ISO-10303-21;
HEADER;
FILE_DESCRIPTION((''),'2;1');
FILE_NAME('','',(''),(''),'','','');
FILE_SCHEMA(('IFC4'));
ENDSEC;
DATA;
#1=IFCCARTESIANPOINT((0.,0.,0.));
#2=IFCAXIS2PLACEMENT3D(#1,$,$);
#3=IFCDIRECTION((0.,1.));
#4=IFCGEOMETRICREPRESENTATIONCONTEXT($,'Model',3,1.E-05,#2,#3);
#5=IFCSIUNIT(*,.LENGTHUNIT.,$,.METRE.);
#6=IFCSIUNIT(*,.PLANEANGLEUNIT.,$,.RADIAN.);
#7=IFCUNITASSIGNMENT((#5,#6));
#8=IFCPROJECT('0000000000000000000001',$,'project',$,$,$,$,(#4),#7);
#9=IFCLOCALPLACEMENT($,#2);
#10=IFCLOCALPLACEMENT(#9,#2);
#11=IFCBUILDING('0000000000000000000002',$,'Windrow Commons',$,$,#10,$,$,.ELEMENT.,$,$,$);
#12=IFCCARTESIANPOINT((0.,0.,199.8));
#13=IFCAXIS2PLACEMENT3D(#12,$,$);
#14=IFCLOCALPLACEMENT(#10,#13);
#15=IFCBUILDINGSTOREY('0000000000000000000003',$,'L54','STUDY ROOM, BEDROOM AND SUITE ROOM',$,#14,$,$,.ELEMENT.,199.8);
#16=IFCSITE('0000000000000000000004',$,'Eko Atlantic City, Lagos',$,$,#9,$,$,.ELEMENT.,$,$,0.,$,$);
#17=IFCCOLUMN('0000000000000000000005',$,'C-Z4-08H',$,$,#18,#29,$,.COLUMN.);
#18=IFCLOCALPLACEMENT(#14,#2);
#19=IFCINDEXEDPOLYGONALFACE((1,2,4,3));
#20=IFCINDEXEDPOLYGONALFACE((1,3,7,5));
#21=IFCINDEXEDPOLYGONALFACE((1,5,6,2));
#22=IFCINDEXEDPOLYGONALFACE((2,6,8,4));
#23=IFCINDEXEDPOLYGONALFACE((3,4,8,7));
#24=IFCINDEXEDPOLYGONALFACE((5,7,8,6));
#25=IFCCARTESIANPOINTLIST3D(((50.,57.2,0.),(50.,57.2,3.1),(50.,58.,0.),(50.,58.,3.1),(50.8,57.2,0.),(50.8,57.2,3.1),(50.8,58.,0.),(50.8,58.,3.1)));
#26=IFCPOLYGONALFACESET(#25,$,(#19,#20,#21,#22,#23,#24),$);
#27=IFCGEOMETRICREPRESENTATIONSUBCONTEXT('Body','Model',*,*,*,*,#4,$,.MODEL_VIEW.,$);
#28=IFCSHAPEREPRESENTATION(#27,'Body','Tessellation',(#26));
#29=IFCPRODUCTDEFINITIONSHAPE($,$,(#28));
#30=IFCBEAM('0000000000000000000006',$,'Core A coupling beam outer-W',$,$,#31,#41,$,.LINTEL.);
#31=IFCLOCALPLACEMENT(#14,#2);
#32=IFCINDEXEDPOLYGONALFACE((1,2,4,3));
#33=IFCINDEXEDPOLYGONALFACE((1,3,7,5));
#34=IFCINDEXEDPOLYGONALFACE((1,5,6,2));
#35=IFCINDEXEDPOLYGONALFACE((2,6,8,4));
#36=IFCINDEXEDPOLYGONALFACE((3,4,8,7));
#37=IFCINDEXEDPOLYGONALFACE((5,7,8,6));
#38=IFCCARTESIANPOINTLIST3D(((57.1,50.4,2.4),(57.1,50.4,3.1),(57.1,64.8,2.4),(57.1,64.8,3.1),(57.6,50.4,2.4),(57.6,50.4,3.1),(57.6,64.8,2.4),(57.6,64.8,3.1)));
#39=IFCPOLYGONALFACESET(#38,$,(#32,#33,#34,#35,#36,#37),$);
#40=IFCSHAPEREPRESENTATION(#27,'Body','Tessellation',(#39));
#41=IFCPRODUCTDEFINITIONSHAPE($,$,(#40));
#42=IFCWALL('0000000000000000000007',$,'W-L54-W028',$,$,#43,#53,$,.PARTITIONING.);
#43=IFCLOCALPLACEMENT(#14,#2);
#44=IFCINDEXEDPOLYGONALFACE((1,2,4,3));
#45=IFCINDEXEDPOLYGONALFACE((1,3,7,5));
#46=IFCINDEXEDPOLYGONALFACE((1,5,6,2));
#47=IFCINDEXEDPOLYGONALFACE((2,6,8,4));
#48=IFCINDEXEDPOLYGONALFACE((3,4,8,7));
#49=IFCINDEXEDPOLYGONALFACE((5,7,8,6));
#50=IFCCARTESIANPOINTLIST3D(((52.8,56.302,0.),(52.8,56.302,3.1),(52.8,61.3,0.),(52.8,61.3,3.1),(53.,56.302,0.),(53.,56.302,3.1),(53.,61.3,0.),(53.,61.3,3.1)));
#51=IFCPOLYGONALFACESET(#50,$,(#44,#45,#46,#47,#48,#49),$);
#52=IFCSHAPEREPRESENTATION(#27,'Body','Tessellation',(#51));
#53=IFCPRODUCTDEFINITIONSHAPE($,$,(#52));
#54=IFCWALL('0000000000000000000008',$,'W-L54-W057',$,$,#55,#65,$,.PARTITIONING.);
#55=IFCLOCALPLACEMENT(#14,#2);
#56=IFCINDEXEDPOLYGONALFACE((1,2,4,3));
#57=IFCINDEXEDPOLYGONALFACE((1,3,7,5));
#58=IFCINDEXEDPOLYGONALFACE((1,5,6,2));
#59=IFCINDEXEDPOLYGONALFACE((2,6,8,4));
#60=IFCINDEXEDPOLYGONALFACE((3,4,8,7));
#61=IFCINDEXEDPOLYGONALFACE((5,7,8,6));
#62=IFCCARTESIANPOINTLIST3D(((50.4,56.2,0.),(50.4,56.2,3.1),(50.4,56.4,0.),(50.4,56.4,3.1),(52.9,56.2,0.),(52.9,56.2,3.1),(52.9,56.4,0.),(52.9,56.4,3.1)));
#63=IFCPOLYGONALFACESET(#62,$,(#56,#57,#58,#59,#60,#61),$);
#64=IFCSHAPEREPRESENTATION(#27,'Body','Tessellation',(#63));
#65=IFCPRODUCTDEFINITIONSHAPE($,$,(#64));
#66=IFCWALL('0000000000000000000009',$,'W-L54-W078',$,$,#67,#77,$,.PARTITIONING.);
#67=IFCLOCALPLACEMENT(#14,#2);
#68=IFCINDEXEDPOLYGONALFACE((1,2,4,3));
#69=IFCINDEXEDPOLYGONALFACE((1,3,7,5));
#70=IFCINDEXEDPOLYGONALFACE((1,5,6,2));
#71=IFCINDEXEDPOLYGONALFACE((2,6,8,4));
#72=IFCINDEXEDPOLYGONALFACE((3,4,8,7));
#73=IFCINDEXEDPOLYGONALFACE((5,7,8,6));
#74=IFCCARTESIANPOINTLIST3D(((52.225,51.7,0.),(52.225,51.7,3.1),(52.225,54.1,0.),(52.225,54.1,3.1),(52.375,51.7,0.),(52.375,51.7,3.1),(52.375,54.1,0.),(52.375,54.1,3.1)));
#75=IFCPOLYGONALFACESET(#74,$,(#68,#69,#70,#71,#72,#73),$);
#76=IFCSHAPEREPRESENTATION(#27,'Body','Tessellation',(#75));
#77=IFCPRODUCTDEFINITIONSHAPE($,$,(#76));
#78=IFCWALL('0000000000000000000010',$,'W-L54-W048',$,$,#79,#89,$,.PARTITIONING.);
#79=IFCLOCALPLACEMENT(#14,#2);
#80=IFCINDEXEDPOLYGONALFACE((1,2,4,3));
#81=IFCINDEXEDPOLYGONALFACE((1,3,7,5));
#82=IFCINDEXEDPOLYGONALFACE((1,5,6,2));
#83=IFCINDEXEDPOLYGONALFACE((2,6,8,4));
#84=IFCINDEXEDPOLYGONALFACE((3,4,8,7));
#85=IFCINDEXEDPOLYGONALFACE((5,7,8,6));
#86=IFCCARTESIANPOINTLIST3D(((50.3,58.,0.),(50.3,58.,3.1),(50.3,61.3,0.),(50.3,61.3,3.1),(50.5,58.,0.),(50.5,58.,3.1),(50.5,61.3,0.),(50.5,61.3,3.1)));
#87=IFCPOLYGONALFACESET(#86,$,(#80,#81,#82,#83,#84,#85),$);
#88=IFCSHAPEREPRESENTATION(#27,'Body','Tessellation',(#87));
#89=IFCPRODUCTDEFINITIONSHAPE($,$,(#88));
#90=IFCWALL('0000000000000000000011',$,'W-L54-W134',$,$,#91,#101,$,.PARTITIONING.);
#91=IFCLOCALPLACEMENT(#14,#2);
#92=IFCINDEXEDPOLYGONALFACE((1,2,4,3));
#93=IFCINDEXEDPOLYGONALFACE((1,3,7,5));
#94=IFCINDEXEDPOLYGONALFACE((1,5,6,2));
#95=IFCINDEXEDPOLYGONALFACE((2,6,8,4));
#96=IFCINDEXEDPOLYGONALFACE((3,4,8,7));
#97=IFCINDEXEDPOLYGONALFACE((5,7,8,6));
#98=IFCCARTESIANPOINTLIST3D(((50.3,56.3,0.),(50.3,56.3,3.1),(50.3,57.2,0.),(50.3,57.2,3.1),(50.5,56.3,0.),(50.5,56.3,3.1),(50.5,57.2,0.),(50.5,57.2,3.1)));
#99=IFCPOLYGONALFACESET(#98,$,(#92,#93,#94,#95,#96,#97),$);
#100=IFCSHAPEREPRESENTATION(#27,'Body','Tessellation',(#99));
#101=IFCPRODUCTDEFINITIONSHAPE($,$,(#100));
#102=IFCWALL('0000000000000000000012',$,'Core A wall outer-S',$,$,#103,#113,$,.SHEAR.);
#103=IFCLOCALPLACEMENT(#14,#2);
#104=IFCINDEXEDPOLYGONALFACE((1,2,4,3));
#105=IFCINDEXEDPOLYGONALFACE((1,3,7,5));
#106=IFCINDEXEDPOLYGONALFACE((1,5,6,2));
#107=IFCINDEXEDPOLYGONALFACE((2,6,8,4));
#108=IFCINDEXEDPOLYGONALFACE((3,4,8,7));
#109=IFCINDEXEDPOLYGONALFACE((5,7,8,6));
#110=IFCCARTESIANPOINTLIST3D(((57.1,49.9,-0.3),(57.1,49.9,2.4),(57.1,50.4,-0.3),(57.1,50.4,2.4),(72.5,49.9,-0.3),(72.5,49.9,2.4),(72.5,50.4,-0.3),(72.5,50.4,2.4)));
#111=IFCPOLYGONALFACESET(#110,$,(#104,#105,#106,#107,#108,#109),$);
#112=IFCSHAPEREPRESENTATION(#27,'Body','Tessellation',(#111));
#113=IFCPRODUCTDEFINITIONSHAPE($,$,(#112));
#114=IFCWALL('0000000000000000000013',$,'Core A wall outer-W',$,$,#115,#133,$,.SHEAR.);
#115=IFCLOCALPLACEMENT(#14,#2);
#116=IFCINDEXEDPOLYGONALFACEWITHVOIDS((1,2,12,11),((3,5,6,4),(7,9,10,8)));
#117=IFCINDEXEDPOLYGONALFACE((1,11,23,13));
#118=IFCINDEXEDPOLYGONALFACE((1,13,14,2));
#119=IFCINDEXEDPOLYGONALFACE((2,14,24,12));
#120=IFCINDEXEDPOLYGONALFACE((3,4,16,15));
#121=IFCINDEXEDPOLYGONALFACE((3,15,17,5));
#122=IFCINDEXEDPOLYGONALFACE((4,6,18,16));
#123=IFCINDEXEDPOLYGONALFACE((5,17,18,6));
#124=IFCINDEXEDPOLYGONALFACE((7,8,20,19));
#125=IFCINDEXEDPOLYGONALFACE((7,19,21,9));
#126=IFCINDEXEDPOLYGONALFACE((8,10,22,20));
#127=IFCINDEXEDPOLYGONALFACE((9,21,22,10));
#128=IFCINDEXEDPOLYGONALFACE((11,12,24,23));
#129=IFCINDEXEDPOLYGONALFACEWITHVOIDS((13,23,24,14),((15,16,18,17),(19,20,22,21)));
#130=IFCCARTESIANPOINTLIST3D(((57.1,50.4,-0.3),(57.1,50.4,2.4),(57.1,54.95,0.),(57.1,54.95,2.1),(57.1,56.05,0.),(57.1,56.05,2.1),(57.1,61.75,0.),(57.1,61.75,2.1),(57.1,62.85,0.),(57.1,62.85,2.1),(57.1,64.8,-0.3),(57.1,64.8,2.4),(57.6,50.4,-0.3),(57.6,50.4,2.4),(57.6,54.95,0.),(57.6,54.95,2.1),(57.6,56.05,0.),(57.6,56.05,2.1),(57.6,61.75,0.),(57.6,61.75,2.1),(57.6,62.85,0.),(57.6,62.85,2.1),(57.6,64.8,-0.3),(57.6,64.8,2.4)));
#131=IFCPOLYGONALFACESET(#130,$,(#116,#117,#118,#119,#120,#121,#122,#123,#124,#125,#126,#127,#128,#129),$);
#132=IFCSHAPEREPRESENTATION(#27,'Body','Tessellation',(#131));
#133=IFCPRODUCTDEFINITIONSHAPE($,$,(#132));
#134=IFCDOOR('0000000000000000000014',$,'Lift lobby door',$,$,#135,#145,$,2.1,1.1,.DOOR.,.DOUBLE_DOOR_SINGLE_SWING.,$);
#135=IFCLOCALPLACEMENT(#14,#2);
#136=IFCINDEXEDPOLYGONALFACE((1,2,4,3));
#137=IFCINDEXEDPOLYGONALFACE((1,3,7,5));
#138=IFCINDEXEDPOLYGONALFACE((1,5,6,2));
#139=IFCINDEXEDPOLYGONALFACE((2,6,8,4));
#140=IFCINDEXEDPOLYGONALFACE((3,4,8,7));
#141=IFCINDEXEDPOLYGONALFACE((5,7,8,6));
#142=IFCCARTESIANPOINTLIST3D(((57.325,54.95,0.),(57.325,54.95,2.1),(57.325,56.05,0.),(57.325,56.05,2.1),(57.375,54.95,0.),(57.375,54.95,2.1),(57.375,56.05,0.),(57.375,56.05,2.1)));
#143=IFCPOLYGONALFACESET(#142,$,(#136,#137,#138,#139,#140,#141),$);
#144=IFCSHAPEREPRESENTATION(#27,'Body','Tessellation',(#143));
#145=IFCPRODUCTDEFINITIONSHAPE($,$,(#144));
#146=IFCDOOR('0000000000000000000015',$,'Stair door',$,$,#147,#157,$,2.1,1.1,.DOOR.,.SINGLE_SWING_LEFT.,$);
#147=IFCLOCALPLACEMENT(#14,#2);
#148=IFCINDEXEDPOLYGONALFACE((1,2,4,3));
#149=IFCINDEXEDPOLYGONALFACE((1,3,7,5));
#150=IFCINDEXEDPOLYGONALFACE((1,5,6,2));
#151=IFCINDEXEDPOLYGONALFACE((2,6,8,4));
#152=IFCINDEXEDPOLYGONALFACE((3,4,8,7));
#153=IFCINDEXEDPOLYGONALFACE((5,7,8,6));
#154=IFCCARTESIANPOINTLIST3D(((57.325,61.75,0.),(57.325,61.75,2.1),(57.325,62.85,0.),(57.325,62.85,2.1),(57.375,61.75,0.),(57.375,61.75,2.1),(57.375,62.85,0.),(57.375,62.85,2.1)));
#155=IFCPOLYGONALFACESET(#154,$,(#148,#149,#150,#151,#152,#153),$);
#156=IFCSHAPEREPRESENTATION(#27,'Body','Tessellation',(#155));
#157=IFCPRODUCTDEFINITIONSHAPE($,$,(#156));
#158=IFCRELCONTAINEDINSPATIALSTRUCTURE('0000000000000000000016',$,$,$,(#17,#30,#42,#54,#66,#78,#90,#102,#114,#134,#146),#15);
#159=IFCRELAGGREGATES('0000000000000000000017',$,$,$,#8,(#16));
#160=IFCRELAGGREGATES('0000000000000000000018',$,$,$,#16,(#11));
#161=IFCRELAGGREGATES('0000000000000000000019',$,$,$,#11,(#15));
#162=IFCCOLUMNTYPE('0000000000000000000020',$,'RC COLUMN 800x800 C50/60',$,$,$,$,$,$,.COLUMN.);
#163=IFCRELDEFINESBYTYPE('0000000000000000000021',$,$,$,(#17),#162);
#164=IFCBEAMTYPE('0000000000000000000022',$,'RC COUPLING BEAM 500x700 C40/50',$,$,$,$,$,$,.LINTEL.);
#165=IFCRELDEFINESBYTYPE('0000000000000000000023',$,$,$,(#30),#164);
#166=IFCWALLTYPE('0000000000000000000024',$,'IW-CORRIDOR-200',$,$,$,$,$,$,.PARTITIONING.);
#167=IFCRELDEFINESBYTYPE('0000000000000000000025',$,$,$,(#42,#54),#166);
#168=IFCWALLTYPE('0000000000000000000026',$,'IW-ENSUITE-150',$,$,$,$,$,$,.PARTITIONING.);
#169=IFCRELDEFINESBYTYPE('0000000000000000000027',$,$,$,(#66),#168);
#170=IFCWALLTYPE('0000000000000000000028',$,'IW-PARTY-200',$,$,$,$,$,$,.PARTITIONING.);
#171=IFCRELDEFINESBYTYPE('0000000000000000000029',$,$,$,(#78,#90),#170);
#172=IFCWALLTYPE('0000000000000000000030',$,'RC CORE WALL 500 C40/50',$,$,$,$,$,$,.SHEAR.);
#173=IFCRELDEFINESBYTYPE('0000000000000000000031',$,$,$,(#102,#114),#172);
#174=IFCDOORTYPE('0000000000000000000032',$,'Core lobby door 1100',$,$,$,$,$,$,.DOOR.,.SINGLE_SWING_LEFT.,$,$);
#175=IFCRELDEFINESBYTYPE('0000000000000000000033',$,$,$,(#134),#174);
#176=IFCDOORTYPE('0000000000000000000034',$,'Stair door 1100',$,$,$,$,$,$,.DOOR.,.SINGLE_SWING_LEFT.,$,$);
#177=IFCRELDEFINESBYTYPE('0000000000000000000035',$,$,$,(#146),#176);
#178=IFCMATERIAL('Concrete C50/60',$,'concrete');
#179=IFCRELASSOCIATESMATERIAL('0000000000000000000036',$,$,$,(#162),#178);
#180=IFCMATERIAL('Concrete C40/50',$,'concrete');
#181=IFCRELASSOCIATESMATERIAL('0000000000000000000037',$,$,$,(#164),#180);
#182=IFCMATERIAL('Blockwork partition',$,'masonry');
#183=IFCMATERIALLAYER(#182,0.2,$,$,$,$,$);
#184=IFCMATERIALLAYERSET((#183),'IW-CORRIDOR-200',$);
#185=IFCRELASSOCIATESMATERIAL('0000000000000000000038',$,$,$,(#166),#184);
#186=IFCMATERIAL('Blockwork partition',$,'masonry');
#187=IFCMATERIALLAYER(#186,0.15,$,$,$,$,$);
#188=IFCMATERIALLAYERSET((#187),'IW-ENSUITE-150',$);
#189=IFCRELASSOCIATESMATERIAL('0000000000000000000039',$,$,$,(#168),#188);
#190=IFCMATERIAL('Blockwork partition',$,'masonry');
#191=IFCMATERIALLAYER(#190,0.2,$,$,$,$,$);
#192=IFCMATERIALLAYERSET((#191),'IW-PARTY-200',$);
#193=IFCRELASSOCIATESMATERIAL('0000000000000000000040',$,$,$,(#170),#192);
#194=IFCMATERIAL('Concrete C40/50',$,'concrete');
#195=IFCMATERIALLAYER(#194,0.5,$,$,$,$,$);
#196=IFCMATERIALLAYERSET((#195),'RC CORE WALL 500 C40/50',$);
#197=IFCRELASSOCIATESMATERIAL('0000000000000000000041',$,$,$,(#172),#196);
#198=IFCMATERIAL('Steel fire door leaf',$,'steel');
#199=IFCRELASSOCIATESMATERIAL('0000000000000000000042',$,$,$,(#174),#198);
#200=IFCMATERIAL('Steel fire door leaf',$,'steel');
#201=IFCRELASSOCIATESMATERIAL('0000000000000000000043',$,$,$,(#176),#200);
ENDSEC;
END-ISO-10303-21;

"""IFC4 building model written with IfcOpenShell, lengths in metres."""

from ifc_helpers import new_model, si_unit, direction, frame, frame_2d, origin, origin_2d, place, context, subcontext, project, spatial, rectangle, extrude, material, layer, layer_set, material_profile, profile_set, type_object, element, fill, save


model = new_model("IFC4")

# Units and contexts
model_context = context("Model", 3, precision=1e-05, world=origin(), true_north=direction((0.0, 1.0)))
body_context = subcontext(model_context, "Body", "Model", "MODEL_VIEW")
ifc_project = project(units=[si_unit("LENGTHUNIT", "METRE"), si_unit("PLANEANGLEUNIT", "RADIAN")], contexts=[model_context])

# Site, building, storey
site_placement = place(None, origin())
site = spatial("IfcSite", under=ifc_project, at=site_placement, Name="Eko Atlantic City, Lagos", CompositionType="ELEMENT", RefElevation=0.0)
building_placement = place(site_placement, origin())
building = spatial("IfcBuilding", under=site, at=building_placement, Name="Windrow Commons", CompositionType="ELEMENT")
storey_placement = place(building_placement, frame((0.0, 0.0, 199.8)))
storey = spatial("IfcBuildingStorey", under=building, at=storey_placement, Name="L54", Description="STUDY ROOM, BEDROOM AND SUITE ROOM", CompositionType="ELEMENT", Elevation=199.8)

# Column
ifc_material_1 = material(Name="Concrete C50/60", Category="concrete")
ifc_material_profile_1 = material_profile(ifc_material_1, rectangle(XDim=0.8, YDim=0.8, at=origin_2d()))
ifc_profile_set_1 = profile_set([ifc_material_profile_1], Name="Concrete C50/60")
column_type = type_object("IfcColumnType", Name="RC COLUMN 800x800 C50/60", PredefinedType="COLUMN", material=ifc_profile_set_1)
column_placement = place(storey_placement, frame((50.4, 57.6, 0.0), z_axis=(0.0, 0.0, 1.0), x_axis=(1.0, 0.0, 0.0)))
element("IfcColumn", 1, at=column_placement, inside=storey, type_object=column_type, Name="C-Z4-08H", PredefinedType="COLUMN", context=body_context, shape_type="SweptSolid", body=[
    extrude(rectangle(XDim=0.8, YDim=0.8, at=origin_2d()), origin(), (0.0, 0.0, 1.0), 3.1),
])

# Beam
ifc_material_2 = material(Name="Concrete C40/50", Category="concrete")
ifc_material_profile_2 = material_profile(ifc_material_2, rectangle(XDim=0.5, YDim=0.7, at=origin_2d()))
ifc_profile_set_2 = profile_set([ifc_material_profile_2], Name="Concrete C40/50")
beam_type = type_object("IfcBeamType", Name="RC COUPLING BEAM 500x700 C40/50", PredefinedType="LINTEL", material=ifc_profile_set_2)
beam_placement = place(storey_placement, frame((57.35, 50.4, 2.75), z_axis=(0.0, 1.0, 0.0), x_axis=(-1.0, 0.0, 0.0)))
element("IfcBeam", 2, at=beam_placement, inside=storey, type_object=beam_type, Name="Core A coupling beam outer-W", PredefinedType="LINTEL", context=body_context, shape_type="SweptSolid", body=[
    extrude(rectangle(XDim=0.5, YDim=0.7, at=origin_2d()), origin(), (0.0, 0.0, 1.0), 14.4),
])

# Walls
ifc_material_3 = material(Name="Blockwork partition", Category="masonry")
ifc_layer_1 = layer(ifc_material_3, 0.2)
ifc_layer_set_1 = layer_set([ifc_layer_1], Name="IW-CORRIDOR-200")
wall_type_1 = type_object("IfcWallType", Name="IW-CORRIDOR-200", PredefinedType="PARTITIONING", material=ifc_layer_set_1)
wall_1_placement = place(storey_placement, frame((52.9, 56.302, 0.0), z_axis=(0.0, 0.0, 1.0), x_axis=(0.0, 1.0, 0.0)))
element("IfcWall", 3, at=wall_1_placement, inside=storey, type_object=wall_type_1, Name="W-L54-W028", PredefinedType="PARTITIONING", context=body_context, shape_type="SweptSolid", body=[
    extrude(rectangle(XDim=4.998, YDim=0.2, at=frame_2d((2.499, 0.0))), origin(), (0.0, 0.0, 1.0), 3.1),
])
wall_2_placement = place(storey_placement, frame((50.4, 56.3, 0.0), z_axis=(0.0, 0.0, 1.0), x_axis=(1.0, 0.0, 0.0)))
element("IfcWall", 4, at=wall_2_placement, inside=storey, type_object=wall_type_1, Name="W-L54-W057", PredefinedType="PARTITIONING", context=body_context, shape_type="SweptSolid", body=[
    extrude(rectangle(XDim=2.5, YDim=0.2, at=frame_2d((1.25, 0.0))), origin(), (0.0, 0.0, 1.0), 3.1),
])
ifc_material_4 = material(Name="Blockwork partition", Category="masonry")
ifc_layer_2 = layer(ifc_material_4, 0.15)
ifc_layer_set_2 = layer_set([ifc_layer_2], Name="IW-ENSUITE-150")
wall_type_2 = type_object("IfcWallType", Name="IW-ENSUITE-150", PredefinedType="PARTITIONING", material=ifc_layer_set_2)
wall_3_placement = place(storey_placement, frame((52.3, 51.7, 0.0), z_axis=(0.0, 0.0, 1.0), x_axis=(0.0, 1.0, 0.0)))
element("IfcWall", 5, at=wall_3_placement, inside=storey, type_object=wall_type_2, Name="W-L54-W078", PredefinedType="PARTITIONING", context=body_context, shape_type="SweptSolid", body=[
    extrude(rectangle(XDim=2.4, YDim=0.15, at=frame_2d((1.2, 0.0))), origin(), (0.0, 0.0, 1.0), 3.1),
])
ifc_material_5 = material(Name="Blockwork partition", Category="masonry")
ifc_layer_3 = layer(ifc_material_5, 0.2)
ifc_layer_set_3 = layer_set([ifc_layer_3], Name="IW-PARTY-200")
wall_type_3 = type_object("IfcWallType", Name="IW-PARTY-200", PredefinedType="PARTITIONING", material=ifc_layer_set_3)
wall_4_placement = place(storey_placement, frame((50.4, 58.0, 0.0), z_axis=(0.0, 0.0, 1.0), x_axis=(0.0, 1.0, 0.0)))
element("IfcWall", 6, at=wall_4_placement, inside=storey, type_object=wall_type_3, Name="W-L54-W048", PredefinedType="PARTITIONING", context=body_context, shape_type="SweptSolid", body=[
    extrude(rectangle(XDim=3.3, YDim=0.2, at=frame_2d((1.65, 0.0))), origin(), (0.0, 0.0, 1.0), 3.1),
])
wall_5_placement = place(storey_placement, frame((50.4, 56.3, 0.0), z_axis=(0.0, 0.0, 1.0), x_axis=(0.0, 1.0, 0.0)))
element("IfcWall", 7, at=wall_5_placement, inside=storey, type_object=wall_type_3, Name="W-L54-W134", PredefinedType="PARTITIONING", context=body_context, shape_type="SweptSolid", body=[
    extrude(rectangle(XDim=0.9, YDim=0.2, at=frame_2d((0.45, 0.0))), origin(), (0.0, 0.0, 1.0), 3.1),
])
ifc_material_6 = material(Name="Concrete C40/50", Category="concrete")
ifc_layer_4 = layer(ifc_material_6, 0.5)
ifc_layer_set_4 = layer_set([ifc_layer_4], Name="RC CORE WALL 500 C40/50")
wall_type_4 = type_object("IfcWallType", Name="RC CORE WALL 500 C40/50", PredefinedType="SHEAR", material=ifc_layer_set_4)
wall_6_placement = place(storey_placement, frame((57.1, 50.15, -0.3), z_axis=(0.0, 0.0, 1.0), x_axis=(1.0, 0.0, 0.0)))
element("IfcWall", 8, at=wall_6_placement, inside=storey, type_object=wall_type_4, Name="Core A wall outer-S", PredefinedType="SHEAR", context=body_context, shape_type="SweptSolid", body=[
    extrude(rectangle(XDim=15.4, YDim=0.5, at=frame_2d((7.7, 0.0))), origin(), (0.0, 0.0, 1.0), 2.7),
])

# Wall, openings, doors
wall_7_placement = place(storey_placement, frame((57.35, 50.4, -0.3), z_axis=(0.0, 0.0, 1.0), x_axis=(0.0, 1.0, 0.0)))
wall_7 = element("IfcWall", 9, at=wall_7_placement, inside=storey, type_object=wall_type_4, Name="Core A wall outer-W", PredefinedType="SHEAR", context=body_context, shape_type="SweptSolid", body=[
    extrude(rectangle(XDim=14.4, YDim=0.5, at=frame_2d((7.2, 0.0))), origin(), (0.0, 0.0, 1.0), 2.7),
])
opening_1_placement = place(wall_7_placement, frame((4.55, 0.0, 0.3)))
opening_1 = element("IfcOpeningElement", 10, at=opening_1_placement, cuts=wall_7, PredefinedType="OPENING", context=body_context, shape_type="SweptSolid", body=[
    extrude(rectangle(XDim=1.1, YDim=2.1, at=frame_2d((0.55, 1.05))), frame((0.0, 0.26, 0.0), z_axis=(0.0, -1.0, 0.0), x_axis=(1.0, 0.0, 0.0)), (0.0, 0.0, 1.0), 0.52),
])
opening_2_placement = place(wall_7_placement, frame((11.35, 0.0, 0.3)))
opening_2 = element("IfcOpeningElement", 11, at=opening_2_placement, cuts=wall_7, PredefinedType="OPENING", context=body_context, shape_type="SweptSolid", body=[
    extrude(rectangle(XDim=1.1, YDim=2.1, at=frame_2d((0.55, 1.05))), frame((0.0, 0.26, 0.0), z_axis=(0.0, -1.0, 0.0), x_axis=(1.0, 0.0, 0.0)), (0.0, 0.0, 1.0), 0.52),
])
ifc_material_7 = material(Name="Steel fire door leaf", Category="steel")
door_type_1 = type_object("IfcDoorType", Name="Core lobby door 1100", OperationType="SINGLE_SWING_LEFT", PredefinedType="DOOR", material=ifc_material_7)
door_1_placement = place(opening_1_placement, origin())
door_1 = element("IfcDoor", 12, at=door_1_placement, inside=storey, type_object=door_type_1, Name="Lift lobby door", OperationType="DOUBLE_DOOR_SINGLE_SWING", OverallHeight=2.1, OverallWidth=1.1, PredefinedType="DOOR", context=body_context, shape_type="SweptSolid", body=[
    extrude(rectangle(XDim=1.1, YDim=2.1, at=frame_2d((0.55, 1.05))), frame((0.0, 0.025, 0.0), z_axis=(0.0, -1.0, 0.0), x_axis=(1.0, 0.0, 0.0)), (0.0, 0.0, 1.0), 0.05),
])
fill(opening_1, door_1)
ifc_material_8 = material(Name="Steel fire door leaf", Category="steel")
door_type_2 = type_object("IfcDoorType", Name="Stair door 1100", OperationType="SINGLE_SWING_LEFT", PredefinedType="DOOR", material=ifc_material_8)
door_2_placement = place(opening_2_placement, origin())
door_2 = element("IfcDoor", 13, at=door_2_placement, inside=storey, type_object=door_type_2, Name="Stair door", OperationType="SINGLE_SWING_LEFT", OverallHeight=2.1, OverallWidth=1.1, PredefinedType="DOOR", context=body_context, shape_type="SweptSolid", body=[
    extrude(rectangle(XDim=1.1, YDim=2.1, at=frame_2d((0.55, 1.05))), frame((0.0, 0.025, 0.0), z_axis=(0.0, -1.0, 0.0), x_axis=(1.0, 0.0, 0.0)), (0.0, 0.0, 1.0), 0.05),
])
fill(opening_2, door_2)

save(model, "model.ifc")
